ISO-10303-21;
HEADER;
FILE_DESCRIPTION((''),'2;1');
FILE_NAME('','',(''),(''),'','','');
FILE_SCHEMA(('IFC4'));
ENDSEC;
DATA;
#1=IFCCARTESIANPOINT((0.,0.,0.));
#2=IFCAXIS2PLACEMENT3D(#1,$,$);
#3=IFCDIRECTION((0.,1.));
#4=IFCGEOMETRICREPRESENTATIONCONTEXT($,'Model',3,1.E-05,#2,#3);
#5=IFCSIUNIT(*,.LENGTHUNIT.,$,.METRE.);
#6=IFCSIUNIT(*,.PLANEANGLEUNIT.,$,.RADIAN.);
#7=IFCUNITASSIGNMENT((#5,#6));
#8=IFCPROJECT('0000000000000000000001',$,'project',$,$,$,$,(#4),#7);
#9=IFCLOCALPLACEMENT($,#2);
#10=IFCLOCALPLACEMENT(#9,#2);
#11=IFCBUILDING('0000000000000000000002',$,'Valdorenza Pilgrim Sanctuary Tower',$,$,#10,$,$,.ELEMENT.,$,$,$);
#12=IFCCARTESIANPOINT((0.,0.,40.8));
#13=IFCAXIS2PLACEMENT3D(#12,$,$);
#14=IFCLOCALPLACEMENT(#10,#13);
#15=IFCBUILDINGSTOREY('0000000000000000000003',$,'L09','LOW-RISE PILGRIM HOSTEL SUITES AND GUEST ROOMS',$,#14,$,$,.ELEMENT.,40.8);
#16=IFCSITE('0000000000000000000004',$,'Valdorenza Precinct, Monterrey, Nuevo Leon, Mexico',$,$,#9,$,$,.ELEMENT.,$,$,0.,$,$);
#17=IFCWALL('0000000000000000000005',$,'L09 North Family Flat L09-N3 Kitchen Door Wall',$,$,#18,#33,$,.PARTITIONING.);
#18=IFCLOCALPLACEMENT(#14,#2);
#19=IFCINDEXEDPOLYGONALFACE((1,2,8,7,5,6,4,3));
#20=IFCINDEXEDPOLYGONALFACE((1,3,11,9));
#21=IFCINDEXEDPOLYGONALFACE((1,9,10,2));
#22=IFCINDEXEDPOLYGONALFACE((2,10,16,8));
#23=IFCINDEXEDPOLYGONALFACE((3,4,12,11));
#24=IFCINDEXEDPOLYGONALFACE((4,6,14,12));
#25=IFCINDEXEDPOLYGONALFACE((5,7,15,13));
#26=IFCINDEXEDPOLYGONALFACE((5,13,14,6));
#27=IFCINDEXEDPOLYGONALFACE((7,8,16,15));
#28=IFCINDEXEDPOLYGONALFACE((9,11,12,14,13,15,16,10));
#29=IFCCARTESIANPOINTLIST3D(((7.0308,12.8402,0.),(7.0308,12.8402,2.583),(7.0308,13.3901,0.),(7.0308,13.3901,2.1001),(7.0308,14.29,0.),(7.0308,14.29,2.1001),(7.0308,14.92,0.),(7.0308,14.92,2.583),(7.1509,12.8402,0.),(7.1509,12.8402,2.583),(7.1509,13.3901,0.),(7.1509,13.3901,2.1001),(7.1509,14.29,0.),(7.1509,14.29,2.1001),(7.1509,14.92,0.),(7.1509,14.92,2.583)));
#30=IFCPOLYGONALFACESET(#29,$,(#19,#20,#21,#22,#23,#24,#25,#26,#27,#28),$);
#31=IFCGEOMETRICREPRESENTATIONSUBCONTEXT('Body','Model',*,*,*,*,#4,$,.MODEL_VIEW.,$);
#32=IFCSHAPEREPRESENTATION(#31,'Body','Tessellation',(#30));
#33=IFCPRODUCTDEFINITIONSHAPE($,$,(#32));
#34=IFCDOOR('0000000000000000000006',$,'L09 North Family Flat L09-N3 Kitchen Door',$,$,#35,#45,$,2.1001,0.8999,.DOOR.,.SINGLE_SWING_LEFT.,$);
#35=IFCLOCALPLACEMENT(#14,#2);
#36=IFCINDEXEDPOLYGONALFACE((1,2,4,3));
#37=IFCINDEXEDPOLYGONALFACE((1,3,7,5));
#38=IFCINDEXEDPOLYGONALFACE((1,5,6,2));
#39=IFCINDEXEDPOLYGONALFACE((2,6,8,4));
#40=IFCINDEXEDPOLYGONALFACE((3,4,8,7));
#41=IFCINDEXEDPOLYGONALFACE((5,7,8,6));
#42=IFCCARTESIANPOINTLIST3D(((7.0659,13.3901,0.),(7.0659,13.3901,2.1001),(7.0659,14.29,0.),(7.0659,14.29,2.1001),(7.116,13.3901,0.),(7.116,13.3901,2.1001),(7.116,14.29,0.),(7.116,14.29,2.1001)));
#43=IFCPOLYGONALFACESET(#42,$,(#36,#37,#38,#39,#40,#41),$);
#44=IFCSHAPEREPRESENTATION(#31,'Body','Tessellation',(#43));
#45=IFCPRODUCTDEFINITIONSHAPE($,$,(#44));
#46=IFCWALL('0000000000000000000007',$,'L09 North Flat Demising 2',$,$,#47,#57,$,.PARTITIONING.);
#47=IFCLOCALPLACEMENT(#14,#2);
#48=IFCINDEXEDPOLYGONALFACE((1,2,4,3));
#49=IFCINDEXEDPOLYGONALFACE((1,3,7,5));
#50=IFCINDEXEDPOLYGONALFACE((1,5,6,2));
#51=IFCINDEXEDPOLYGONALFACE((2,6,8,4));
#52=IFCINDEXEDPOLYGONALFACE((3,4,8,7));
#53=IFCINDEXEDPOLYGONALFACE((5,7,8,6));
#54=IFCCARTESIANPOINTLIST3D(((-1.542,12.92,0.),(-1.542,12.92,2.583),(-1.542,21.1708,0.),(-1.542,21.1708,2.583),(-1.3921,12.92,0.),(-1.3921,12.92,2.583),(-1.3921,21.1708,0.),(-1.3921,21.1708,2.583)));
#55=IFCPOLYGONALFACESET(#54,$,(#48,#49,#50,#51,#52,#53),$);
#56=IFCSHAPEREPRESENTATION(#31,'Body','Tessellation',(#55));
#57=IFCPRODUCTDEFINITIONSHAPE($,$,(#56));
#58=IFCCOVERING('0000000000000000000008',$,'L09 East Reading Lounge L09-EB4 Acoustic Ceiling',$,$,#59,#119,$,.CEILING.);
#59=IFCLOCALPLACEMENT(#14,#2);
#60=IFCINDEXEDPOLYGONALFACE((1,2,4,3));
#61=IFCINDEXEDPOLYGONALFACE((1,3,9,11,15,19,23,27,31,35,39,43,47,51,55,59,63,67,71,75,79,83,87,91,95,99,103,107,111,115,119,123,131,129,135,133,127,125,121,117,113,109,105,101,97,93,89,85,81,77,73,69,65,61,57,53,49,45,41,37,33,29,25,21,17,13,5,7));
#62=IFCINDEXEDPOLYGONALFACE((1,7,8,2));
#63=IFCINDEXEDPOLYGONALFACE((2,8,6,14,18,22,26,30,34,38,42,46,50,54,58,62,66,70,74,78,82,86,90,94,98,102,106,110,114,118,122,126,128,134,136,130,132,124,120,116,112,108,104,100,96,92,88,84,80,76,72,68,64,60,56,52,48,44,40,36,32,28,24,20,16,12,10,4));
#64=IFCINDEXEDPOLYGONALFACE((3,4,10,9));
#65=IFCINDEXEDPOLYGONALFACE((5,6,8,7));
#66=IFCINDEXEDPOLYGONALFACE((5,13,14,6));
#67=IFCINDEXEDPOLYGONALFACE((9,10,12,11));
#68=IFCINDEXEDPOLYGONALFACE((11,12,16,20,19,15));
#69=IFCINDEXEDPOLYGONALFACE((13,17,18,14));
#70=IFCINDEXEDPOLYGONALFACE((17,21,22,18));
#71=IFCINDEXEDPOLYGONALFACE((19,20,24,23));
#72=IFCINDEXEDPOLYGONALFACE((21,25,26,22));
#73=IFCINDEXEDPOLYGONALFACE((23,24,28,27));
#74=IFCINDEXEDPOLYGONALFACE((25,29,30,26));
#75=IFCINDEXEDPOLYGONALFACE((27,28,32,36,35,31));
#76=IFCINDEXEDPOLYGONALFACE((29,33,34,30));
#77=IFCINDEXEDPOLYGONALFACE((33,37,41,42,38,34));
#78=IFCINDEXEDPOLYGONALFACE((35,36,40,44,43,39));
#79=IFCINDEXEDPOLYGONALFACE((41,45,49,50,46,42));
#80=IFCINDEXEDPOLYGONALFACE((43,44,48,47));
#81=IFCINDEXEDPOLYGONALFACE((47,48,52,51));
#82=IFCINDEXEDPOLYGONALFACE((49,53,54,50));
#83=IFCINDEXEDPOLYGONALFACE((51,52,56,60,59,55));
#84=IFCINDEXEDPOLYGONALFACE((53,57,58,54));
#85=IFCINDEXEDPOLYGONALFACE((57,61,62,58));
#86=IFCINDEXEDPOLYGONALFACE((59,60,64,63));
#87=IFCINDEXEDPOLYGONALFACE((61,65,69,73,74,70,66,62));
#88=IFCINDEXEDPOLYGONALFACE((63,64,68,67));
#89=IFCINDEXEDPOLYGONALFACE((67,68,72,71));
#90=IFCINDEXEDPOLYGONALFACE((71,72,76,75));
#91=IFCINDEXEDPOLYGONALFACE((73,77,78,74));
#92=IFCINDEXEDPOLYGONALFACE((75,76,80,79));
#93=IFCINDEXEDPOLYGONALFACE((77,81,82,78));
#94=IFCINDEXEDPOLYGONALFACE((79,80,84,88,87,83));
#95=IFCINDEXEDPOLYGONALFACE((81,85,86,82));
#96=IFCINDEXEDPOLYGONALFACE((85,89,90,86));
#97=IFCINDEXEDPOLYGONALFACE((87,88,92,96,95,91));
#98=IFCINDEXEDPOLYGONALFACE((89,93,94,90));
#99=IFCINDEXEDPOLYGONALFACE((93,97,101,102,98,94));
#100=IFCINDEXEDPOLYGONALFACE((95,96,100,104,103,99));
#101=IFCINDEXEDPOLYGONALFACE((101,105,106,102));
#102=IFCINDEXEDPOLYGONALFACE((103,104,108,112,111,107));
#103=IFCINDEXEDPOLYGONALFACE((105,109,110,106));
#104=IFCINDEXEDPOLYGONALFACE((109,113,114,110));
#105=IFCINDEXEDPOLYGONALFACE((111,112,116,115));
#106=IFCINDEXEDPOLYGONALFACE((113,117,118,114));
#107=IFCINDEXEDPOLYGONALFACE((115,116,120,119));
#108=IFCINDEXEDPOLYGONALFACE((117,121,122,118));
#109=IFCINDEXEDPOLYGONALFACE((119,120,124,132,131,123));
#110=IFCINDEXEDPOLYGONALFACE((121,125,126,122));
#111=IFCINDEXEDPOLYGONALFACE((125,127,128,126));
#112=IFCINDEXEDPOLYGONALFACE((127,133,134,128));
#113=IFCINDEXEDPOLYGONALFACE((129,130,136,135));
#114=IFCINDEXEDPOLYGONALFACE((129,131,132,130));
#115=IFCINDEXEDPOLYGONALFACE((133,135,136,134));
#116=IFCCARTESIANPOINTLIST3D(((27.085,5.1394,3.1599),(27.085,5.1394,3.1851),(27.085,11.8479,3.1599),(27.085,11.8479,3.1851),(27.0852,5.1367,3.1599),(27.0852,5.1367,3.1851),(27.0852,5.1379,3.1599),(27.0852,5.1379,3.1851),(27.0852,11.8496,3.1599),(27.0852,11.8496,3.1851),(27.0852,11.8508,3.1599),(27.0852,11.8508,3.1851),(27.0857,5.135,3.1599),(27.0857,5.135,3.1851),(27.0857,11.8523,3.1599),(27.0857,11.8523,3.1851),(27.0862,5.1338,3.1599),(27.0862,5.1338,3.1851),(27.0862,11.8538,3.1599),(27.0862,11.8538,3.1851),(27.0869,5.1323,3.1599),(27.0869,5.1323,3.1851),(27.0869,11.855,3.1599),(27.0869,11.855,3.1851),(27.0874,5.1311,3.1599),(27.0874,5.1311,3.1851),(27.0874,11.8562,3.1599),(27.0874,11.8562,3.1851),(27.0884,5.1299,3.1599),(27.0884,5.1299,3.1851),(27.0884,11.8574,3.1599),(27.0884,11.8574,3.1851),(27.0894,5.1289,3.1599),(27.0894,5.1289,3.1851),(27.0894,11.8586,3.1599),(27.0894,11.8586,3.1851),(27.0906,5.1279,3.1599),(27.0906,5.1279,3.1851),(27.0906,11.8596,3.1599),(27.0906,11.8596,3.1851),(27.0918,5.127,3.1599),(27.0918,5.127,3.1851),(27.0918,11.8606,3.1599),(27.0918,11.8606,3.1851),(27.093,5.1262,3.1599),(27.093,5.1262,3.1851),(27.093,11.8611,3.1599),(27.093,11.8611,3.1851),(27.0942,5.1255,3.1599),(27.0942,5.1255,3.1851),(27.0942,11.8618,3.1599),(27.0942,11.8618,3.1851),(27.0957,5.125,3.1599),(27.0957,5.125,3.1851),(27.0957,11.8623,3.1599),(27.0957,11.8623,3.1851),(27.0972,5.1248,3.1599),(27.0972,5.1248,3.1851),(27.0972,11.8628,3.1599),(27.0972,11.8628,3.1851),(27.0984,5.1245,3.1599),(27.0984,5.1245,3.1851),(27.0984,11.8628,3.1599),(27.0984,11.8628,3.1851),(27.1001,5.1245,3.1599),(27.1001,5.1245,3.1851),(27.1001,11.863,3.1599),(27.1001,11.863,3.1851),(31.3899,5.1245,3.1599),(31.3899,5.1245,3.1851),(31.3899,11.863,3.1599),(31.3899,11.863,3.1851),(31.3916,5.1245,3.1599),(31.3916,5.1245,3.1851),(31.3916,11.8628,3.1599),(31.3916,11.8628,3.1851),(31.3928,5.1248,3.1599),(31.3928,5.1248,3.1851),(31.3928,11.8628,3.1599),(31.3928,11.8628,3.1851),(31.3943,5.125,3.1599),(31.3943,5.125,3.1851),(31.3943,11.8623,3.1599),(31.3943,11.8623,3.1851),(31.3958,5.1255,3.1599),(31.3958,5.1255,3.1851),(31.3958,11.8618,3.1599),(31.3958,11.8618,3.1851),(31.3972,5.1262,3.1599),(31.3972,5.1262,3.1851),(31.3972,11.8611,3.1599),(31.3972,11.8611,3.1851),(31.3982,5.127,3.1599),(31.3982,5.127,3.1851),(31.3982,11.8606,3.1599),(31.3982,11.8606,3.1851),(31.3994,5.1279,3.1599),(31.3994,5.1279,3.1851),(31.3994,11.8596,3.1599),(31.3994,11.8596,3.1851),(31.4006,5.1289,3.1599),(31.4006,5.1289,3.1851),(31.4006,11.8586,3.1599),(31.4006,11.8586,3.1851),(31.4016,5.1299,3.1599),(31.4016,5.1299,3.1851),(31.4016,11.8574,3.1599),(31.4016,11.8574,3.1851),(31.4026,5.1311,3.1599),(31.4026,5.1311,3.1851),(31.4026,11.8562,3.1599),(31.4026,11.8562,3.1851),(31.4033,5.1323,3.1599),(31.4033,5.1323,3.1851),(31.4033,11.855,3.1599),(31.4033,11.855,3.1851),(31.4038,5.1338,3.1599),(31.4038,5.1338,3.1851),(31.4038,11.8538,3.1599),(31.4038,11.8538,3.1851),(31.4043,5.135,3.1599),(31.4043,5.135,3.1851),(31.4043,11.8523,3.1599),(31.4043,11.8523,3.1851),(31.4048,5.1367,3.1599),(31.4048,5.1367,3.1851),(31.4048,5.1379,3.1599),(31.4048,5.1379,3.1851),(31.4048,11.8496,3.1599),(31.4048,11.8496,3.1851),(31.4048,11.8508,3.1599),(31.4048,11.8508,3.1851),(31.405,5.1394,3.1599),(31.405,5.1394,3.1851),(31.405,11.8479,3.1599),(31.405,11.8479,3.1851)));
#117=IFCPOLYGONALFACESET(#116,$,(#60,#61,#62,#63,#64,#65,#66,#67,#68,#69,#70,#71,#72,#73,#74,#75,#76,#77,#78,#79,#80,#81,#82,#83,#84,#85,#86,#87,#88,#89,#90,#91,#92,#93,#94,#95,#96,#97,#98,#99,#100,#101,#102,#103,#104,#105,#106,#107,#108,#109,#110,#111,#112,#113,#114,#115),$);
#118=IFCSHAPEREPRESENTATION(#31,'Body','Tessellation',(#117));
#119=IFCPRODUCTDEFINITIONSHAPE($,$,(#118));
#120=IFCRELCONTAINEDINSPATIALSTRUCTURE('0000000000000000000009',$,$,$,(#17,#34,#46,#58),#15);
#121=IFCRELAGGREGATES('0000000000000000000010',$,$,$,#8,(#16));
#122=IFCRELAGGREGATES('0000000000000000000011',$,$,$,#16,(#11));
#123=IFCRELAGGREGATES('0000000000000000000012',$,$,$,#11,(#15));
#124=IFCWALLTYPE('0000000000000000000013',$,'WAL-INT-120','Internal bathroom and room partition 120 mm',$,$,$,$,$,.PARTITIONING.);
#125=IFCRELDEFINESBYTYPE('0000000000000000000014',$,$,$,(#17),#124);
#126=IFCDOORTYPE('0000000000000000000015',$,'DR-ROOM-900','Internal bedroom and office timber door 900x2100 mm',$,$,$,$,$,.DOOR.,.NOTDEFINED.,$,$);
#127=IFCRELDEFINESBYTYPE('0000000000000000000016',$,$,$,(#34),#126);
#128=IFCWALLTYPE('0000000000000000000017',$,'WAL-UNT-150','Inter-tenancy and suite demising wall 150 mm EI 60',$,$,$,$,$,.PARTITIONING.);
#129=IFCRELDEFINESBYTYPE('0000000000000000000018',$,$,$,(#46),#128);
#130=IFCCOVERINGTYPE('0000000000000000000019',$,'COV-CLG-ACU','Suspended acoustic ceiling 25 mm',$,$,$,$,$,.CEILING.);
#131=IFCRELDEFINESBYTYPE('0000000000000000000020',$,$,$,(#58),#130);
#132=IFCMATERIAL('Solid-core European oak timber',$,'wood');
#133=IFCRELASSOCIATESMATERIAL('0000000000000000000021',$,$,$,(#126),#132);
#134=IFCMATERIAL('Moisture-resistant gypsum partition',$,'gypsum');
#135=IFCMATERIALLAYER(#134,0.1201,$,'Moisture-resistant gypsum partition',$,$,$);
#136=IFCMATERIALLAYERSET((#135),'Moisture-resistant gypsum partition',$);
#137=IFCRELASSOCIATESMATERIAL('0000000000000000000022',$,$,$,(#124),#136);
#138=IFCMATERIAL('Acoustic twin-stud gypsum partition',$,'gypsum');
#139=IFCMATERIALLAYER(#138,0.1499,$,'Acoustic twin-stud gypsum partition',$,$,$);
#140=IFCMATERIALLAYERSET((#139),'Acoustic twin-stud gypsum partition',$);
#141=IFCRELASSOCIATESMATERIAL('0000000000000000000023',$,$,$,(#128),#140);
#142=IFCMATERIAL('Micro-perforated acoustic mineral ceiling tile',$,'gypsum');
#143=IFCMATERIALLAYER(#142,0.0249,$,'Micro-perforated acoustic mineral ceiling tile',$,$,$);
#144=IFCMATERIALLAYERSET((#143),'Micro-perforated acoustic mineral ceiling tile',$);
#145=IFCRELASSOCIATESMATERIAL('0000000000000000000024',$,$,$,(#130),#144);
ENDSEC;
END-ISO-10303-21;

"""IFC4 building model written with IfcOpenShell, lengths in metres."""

from ifc_helpers import new_model, si_unit, direction, frame, frame_2d, origin, place, context, subcontext, project, spatial, polyline, rectangle, outline, extrude, material, layer, layer_set, type_object, element, fill, save


model = new_model("IFC4")

# Units and contexts
model_context = context("Model", 3, precision=1e-05, world=origin(), true_north=direction((0.0, 1.0)))
body_context = subcontext(model_context, "Body", "Model", "MODEL_VIEW")
ifc_project = project(units=[si_unit("LENGTHUNIT", "METRE"), si_unit("PLANEANGLEUNIT", "RADIAN")], contexts=[model_context])

# Site, building, storey
site_placement = place(None, origin())
site = spatial("IfcSite", under=ifc_project, at=site_placement, Name="Valdorenza Precinct, Monterrey, Nuevo Leon, Mexico", CompositionType="ELEMENT", RefElevation=0.0)
building_placement = place(site_placement, origin())
building = spatial("IfcBuilding", under=site, at=building_placement, Name="Valdorenza Pilgrim Sanctuary Tower", CompositionType="ELEMENT")
storey_placement = place(building_placement, frame((0.0, 0.0, 40.8)))
storey = spatial("IfcBuildingStorey", under=building, at=storey_placement, Name="L09", Description="LOW-RISE PILGRIM HOSTEL SUITES AND GUEST ROOMS", CompositionType="ELEMENT", Elevation=40.8)

# Shared definitions
ifc_material_1 = material(Name="Acoustic twin-stud gypsum partition", Category="gypsum")

# Shared definitions
ifc_material_2 = material(Name="Solid-core European oak timber", Category="wood")
door_type = type_object("IfcDoorType", Name="DR-ROOM-900", Description="Internal bedroom and office timber door 900x2100 mm", OperationType="NOTDEFINED", PredefinedType="DOOR", material=ifc_material_2)

# Wall, opening, door
ifc_material_3 = material(Name="Moisture-resistant gypsum partition", Category="gypsum")
ifc_layer_1 = layer(ifc_material_3, 0.1201, Name="Moisture-resistant gypsum partition")
ifc_layer_set_1 = layer_set([ifc_layer_1], Name="Moisture-resistant gypsum partition")
wall_type_1 = type_object("IfcWallType", Name="WAL-INT-120", Description="Internal bathroom and room partition 120 mm", PredefinedType="PARTITIONING", material=ifc_layer_set_1)
wall_1_placement = place(storey_placement, frame((7.0908, 12.8401, 0.0), z_axis=(0.0, 0.0, 1.0), x_axis=(0.0, 1.0, 0.0)))
wall_1 = element("IfcWall", 1, at=wall_1_placement, inside=storey, type_object=wall_type_1, Name="L09 North Family Flat L09-N3 Kitchen Door Wall", PredefinedType="PARTITIONING", context=body_context, shape_type="SweptSolid", body=[
    extrude(rectangle(XDim=2.0798, YDim=0.1201, at=frame_2d((1.04, 0.0))), origin(), (0.0, 0.0, 1.0), 2.583),
])
opening_1_placement = place(wall_1_placement, frame((0.55, 0.0, 0.0)))
opening_1 = element("IfcOpeningElement", 2, at=opening_1_placement, cuts=wall_1, PredefinedType="OPENING", context=body_context, shape_type="SweptSolid", body=[
    extrude(rectangle(XDim=0.8999, YDim=2.1001, at=frame_2d((0.45, 1.05))), frame((0.0, 0.075, 0.0), z_axis=(0.0, -1.0, 0.0), x_axis=(1.0, 0.0, 0.0)), (0.0, 0.0, 1.0), 0.1499),
])
door_1_placement = place(opening_1_placement, origin())
door_1 = element("IfcDoor", 3, at=door_1_placement, inside=storey, type_object=door_type, Name="L09 North Family Flat L09-N3 Kitchen Door", OperationType="SINGLE_SWING_LEFT", OverallHeight=2.1001, OverallWidth=0.8999, PredefinedType="DOOR", context=body_context, shape_type="SweptSolid", body=[
    extrude(rectangle(XDim=0.8999, YDim=2.1001, at=frame_2d((0.45, 1.05))), frame((0.0, 0.0249, 0.0), z_axis=(0.0, -1.0, 0.0), x_axis=(1.0, 0.0, 0.0)), (0.0, 0.0, 1.0), 0.05),
])
fill(opening_1, door_1)

# Wall
ifc_layer_2 = layer(ifc_material_1, 0.1499, Name="Acoustic twin-stud gypsum partition")
ifc_layer_set_2 = layer_set([ifc_layer_2], Name="Acoustic twin-stud gypsum partition")
wall_type_2 = type_object("IfcWallType", Name="WAL-UNT-150", Description="Inter-tenancy and suite demising wall 150 mm EI 60", PredefinedType="PARTITIONING", material=ifc_layer_set_2)
wall_2_placement = place(storey_placement, frame((-1.467, 12.9199, 0.0), z_axis=(0.0, 0.0, 1.0), x_axis=(0.0, 1.0, 0.0)))
element("IfcWall", 4, at=wall_2_placement, inside=storey, type_object=wall_type_2, Name="L09 North Flat Demising 2", PredefinedType="PARTITIONING", context=body_context, shape_type="SweptSolid", body=[
    extrude(rectangle(XDim=8.2507, YDim=0.1499, at=frame_2d((4.1255, 0.0))), origin(), (0.0, 0.0, 1.0), 2.583),
])

# Covering
ifc_material_4 = material(Name="Micro-perforated acoustic mineral ceiling tile", Category="gypsum")
ifc_layer_3 = layer(ifc_material_4, 0.0249, Name="Micro-perforated acoustic mineral ceiling tile")
ifc_layer_set_3 = layer_set([ifc_layer_3], Name="Micro-perforated acoustic mineral ceiling tile")
covering_type_1 = type_object("IfcCoveringType", Name="COV-CLG-ACU", Description="Suspended acoustic ceiling 25 mm", PredefinedType="CEILING", material=ifc_layer_set_3)
covering_1_placement = place(storey_placement, frame((0.0, 0.0, 3.1599)))
element("IfcCovering", 5, at=covering_1_placement, inside=storey, type_object=covering_type_1, Name="L09 East Reading Lounge L09-EB4 Acoustic Ceiling", PredefinedType="CEILING", context=body_context, shape_type="SweptSolid", body=[
    extrude(outline(polyline([(27.085, 11.8479), (27.0852, 11.8496), (27.0852, 11.8508), (27.0857, 11.8523), (27.0862, 11.8538), (27.0869, 11.855), (27.0874, 11.8562), (27.0884, 11.8574), (27.0894, 11.8586), (27.0906, 11.8596), (27.0918, 11.8606), (27.093, 11.8611), (27.0942, 11.8618), (27.0957, 11.8623), (27.0972, 11.8628), (27.0984, 11.8628), (27.1001, 11.863), (31.3899, 11.863), (31.3916, 11.8628), (31.3928, 11.8628), (31.3943, 11.8623), (31.3958, 11.8618), (31.3972, 11.8611), (31.3982, 11.8606), (31.3994, 11.8596), (31.4006, 11.8586), (31.4016, 11.8574), (31.4026, 11.8562), (31.4033, 11.855), (31.4038, 11.8538), (31.4043, 11.8523), (31.4048, 11.8508), (31.4048, 11.8496), (31.405, 11.8479), (31.405, 5.1394), (31.4048, 5.1379), (31.4048, 5.1367), (31.4043, 5.135), (31.4038, 5.1338), (31.4033, 5.1323), (31.4026, 5.1311), (31.4016, 5.1299), (31.4006, 5.1289), (31.3994, 5.1279), (31.3982, 5.127), (31.3972, 5.1262), (31.3958, 5.1255), (31.3943, 5.125), (31.3928, 5.1248), (31.3916, 5.1245), (31.3899, 5.1245), (27.1001, 5.1245), (27.0984, 5.1245), (27.0972, 5.1248), (27.0957, 5.125), (27.0942, 5.1255), (27.093, 5.1262), (27.0918, 5.127), (27.0906, 5.1279), (27.0894, 5.1289), (27.0884, 5.1299), (27.0874, 5.1311), (27.0869, 5.1323), (27.0862, 5.1338), (27.0857, 5.135), (27.0852, 5.1367), (27.0852, 5.1379), (27.085, 5.1394), (27.085, 11.8479)])), origin(), (0.0, 0.0, 1.0), 0.0251),
])

save(model, "model.ifc")
